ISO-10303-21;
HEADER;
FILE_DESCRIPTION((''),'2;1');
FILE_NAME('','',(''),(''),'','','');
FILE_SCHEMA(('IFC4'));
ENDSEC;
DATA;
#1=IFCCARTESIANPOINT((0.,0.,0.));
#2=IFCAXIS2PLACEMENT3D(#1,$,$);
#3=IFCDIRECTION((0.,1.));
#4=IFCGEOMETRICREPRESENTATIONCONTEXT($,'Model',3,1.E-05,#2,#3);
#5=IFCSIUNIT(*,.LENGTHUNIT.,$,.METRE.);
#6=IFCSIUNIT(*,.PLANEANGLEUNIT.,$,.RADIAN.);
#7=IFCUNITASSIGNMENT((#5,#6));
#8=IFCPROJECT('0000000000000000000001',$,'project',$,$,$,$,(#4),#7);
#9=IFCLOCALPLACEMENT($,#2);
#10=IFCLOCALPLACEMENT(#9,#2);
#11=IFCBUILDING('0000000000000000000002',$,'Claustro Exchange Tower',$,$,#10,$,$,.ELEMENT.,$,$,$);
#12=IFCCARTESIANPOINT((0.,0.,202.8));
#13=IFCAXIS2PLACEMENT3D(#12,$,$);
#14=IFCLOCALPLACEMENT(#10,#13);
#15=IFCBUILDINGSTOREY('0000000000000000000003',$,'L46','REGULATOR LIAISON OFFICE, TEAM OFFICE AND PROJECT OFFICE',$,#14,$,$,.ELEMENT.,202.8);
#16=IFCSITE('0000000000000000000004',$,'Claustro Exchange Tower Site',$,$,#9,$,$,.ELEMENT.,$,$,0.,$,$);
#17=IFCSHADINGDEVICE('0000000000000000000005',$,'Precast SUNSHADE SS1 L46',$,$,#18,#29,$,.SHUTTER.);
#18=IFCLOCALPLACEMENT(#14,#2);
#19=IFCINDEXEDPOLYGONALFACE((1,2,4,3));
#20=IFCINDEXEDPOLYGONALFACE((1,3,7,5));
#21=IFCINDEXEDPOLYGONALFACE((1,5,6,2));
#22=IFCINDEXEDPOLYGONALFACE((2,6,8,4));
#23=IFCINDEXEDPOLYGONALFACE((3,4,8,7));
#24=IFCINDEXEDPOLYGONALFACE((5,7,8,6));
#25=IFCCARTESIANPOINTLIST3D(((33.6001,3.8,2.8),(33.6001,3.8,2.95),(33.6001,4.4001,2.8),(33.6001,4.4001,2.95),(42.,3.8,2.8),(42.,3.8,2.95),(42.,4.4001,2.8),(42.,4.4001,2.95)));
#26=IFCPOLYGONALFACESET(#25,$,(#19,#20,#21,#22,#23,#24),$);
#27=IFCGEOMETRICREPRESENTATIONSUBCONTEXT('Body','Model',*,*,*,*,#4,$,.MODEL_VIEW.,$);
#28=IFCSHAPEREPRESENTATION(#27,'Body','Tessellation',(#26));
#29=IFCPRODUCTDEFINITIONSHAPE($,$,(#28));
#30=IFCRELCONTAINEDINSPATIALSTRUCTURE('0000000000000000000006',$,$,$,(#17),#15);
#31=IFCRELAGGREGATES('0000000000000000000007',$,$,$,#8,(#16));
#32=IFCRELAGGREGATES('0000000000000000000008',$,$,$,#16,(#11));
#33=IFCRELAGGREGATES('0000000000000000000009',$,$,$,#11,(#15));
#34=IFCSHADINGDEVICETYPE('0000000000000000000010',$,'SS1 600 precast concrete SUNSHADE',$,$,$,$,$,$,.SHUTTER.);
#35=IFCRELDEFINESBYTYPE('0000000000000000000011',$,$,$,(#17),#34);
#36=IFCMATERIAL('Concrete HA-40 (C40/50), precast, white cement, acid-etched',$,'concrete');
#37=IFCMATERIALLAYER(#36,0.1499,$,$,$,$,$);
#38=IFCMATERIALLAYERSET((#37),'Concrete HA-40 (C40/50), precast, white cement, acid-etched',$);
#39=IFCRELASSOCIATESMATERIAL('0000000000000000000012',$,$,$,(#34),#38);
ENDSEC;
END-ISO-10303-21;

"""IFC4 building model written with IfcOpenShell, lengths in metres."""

from ifc_helpers import new_model, si_unit, direction, frame, origin, origin_2d, place, context, subcontext, project, spatial, rectangle, extrude, material, layer, layer_set, type_object, element, save


model = new_model("IFC4")

# Units and contexts
model_context = context("Model", 3, precision=1e-05, world=origin(), true_north=direction((0.0, 1.0)))
body_context = subcontext(model_context, "Body", "Model", "MODEL_VIEW")
ifc_project = project(units=[si_unit("LENGTHUNIT", "METRE"), si_unit("PLANEANGLEUNIT", "RADIAN")], contexts=[model_context])

# Site, building, storey
site_placement = place(None, origin())
site = spatial("IfcSite", under=ifc_project, at=site_placement, Name="Claustro Exchange Tower Site", CompositionType="ELEMENT", RefElevation=0.0)
building_placement = place(site_placement, origin())
building = spatial("IfcBuilding", under=site, at=building_placement, Name="Claustro Exchange Tower", CompositionType="ELEMENT")
storey_placement = place(building_placement, frame((0.0, 0.0, 202.8)))
storey = spatial("IfcBuildingStorey", under=building, at=storey_placement, Name="L46", Description="REGULATOR LIAISON OFFICE, TEAM OFFICE AND PROJECT OFFICE", CompositionType="ELEMENT", Elevation=202.8)

# Shading device
ifc_material_1 = material(Name="Concrete HA-40 (C40/50), precast, white cement, acid-etched", Category="concrete")
ifc_layer_1 = layer(ifc_material_1, 0.1499)
ifc_layer_set_1 = layer_set([ifc_layer_1], Name="Concrete HA-40 (C40/50), precast, white cement, acid-etched")
shading_device_type = type_object("IfcShadingDeviceType", Name="SS1 600 precast concrete SUNSHADE", PredefinedType="SHUTTER", material=ifc_layer_set_1)
shading_device_1_placement = place(storey_placement, frame((37.8, 4.1001, 2.8), z_axis=(0.0, 0.0, 1.0), x_axis=(-1.0, 0.0, 0.0)))
element("IfcShadingDevice", 1, at=shading_device_1_placement, inside=storey, type_object=shading_device_type, Name="Precast SUNSHADE SS1 L46", PredefinedType="SHUTTER", context=body_context, shape_type="SweptSolid", body=[
    extrude(rectangle(XDim=8.3999, YDim=0.6001, at=origin_2d()), origin(), (0.0, 0.0, 1.0), 0.1499),
])

save(model, "model.ifc")
